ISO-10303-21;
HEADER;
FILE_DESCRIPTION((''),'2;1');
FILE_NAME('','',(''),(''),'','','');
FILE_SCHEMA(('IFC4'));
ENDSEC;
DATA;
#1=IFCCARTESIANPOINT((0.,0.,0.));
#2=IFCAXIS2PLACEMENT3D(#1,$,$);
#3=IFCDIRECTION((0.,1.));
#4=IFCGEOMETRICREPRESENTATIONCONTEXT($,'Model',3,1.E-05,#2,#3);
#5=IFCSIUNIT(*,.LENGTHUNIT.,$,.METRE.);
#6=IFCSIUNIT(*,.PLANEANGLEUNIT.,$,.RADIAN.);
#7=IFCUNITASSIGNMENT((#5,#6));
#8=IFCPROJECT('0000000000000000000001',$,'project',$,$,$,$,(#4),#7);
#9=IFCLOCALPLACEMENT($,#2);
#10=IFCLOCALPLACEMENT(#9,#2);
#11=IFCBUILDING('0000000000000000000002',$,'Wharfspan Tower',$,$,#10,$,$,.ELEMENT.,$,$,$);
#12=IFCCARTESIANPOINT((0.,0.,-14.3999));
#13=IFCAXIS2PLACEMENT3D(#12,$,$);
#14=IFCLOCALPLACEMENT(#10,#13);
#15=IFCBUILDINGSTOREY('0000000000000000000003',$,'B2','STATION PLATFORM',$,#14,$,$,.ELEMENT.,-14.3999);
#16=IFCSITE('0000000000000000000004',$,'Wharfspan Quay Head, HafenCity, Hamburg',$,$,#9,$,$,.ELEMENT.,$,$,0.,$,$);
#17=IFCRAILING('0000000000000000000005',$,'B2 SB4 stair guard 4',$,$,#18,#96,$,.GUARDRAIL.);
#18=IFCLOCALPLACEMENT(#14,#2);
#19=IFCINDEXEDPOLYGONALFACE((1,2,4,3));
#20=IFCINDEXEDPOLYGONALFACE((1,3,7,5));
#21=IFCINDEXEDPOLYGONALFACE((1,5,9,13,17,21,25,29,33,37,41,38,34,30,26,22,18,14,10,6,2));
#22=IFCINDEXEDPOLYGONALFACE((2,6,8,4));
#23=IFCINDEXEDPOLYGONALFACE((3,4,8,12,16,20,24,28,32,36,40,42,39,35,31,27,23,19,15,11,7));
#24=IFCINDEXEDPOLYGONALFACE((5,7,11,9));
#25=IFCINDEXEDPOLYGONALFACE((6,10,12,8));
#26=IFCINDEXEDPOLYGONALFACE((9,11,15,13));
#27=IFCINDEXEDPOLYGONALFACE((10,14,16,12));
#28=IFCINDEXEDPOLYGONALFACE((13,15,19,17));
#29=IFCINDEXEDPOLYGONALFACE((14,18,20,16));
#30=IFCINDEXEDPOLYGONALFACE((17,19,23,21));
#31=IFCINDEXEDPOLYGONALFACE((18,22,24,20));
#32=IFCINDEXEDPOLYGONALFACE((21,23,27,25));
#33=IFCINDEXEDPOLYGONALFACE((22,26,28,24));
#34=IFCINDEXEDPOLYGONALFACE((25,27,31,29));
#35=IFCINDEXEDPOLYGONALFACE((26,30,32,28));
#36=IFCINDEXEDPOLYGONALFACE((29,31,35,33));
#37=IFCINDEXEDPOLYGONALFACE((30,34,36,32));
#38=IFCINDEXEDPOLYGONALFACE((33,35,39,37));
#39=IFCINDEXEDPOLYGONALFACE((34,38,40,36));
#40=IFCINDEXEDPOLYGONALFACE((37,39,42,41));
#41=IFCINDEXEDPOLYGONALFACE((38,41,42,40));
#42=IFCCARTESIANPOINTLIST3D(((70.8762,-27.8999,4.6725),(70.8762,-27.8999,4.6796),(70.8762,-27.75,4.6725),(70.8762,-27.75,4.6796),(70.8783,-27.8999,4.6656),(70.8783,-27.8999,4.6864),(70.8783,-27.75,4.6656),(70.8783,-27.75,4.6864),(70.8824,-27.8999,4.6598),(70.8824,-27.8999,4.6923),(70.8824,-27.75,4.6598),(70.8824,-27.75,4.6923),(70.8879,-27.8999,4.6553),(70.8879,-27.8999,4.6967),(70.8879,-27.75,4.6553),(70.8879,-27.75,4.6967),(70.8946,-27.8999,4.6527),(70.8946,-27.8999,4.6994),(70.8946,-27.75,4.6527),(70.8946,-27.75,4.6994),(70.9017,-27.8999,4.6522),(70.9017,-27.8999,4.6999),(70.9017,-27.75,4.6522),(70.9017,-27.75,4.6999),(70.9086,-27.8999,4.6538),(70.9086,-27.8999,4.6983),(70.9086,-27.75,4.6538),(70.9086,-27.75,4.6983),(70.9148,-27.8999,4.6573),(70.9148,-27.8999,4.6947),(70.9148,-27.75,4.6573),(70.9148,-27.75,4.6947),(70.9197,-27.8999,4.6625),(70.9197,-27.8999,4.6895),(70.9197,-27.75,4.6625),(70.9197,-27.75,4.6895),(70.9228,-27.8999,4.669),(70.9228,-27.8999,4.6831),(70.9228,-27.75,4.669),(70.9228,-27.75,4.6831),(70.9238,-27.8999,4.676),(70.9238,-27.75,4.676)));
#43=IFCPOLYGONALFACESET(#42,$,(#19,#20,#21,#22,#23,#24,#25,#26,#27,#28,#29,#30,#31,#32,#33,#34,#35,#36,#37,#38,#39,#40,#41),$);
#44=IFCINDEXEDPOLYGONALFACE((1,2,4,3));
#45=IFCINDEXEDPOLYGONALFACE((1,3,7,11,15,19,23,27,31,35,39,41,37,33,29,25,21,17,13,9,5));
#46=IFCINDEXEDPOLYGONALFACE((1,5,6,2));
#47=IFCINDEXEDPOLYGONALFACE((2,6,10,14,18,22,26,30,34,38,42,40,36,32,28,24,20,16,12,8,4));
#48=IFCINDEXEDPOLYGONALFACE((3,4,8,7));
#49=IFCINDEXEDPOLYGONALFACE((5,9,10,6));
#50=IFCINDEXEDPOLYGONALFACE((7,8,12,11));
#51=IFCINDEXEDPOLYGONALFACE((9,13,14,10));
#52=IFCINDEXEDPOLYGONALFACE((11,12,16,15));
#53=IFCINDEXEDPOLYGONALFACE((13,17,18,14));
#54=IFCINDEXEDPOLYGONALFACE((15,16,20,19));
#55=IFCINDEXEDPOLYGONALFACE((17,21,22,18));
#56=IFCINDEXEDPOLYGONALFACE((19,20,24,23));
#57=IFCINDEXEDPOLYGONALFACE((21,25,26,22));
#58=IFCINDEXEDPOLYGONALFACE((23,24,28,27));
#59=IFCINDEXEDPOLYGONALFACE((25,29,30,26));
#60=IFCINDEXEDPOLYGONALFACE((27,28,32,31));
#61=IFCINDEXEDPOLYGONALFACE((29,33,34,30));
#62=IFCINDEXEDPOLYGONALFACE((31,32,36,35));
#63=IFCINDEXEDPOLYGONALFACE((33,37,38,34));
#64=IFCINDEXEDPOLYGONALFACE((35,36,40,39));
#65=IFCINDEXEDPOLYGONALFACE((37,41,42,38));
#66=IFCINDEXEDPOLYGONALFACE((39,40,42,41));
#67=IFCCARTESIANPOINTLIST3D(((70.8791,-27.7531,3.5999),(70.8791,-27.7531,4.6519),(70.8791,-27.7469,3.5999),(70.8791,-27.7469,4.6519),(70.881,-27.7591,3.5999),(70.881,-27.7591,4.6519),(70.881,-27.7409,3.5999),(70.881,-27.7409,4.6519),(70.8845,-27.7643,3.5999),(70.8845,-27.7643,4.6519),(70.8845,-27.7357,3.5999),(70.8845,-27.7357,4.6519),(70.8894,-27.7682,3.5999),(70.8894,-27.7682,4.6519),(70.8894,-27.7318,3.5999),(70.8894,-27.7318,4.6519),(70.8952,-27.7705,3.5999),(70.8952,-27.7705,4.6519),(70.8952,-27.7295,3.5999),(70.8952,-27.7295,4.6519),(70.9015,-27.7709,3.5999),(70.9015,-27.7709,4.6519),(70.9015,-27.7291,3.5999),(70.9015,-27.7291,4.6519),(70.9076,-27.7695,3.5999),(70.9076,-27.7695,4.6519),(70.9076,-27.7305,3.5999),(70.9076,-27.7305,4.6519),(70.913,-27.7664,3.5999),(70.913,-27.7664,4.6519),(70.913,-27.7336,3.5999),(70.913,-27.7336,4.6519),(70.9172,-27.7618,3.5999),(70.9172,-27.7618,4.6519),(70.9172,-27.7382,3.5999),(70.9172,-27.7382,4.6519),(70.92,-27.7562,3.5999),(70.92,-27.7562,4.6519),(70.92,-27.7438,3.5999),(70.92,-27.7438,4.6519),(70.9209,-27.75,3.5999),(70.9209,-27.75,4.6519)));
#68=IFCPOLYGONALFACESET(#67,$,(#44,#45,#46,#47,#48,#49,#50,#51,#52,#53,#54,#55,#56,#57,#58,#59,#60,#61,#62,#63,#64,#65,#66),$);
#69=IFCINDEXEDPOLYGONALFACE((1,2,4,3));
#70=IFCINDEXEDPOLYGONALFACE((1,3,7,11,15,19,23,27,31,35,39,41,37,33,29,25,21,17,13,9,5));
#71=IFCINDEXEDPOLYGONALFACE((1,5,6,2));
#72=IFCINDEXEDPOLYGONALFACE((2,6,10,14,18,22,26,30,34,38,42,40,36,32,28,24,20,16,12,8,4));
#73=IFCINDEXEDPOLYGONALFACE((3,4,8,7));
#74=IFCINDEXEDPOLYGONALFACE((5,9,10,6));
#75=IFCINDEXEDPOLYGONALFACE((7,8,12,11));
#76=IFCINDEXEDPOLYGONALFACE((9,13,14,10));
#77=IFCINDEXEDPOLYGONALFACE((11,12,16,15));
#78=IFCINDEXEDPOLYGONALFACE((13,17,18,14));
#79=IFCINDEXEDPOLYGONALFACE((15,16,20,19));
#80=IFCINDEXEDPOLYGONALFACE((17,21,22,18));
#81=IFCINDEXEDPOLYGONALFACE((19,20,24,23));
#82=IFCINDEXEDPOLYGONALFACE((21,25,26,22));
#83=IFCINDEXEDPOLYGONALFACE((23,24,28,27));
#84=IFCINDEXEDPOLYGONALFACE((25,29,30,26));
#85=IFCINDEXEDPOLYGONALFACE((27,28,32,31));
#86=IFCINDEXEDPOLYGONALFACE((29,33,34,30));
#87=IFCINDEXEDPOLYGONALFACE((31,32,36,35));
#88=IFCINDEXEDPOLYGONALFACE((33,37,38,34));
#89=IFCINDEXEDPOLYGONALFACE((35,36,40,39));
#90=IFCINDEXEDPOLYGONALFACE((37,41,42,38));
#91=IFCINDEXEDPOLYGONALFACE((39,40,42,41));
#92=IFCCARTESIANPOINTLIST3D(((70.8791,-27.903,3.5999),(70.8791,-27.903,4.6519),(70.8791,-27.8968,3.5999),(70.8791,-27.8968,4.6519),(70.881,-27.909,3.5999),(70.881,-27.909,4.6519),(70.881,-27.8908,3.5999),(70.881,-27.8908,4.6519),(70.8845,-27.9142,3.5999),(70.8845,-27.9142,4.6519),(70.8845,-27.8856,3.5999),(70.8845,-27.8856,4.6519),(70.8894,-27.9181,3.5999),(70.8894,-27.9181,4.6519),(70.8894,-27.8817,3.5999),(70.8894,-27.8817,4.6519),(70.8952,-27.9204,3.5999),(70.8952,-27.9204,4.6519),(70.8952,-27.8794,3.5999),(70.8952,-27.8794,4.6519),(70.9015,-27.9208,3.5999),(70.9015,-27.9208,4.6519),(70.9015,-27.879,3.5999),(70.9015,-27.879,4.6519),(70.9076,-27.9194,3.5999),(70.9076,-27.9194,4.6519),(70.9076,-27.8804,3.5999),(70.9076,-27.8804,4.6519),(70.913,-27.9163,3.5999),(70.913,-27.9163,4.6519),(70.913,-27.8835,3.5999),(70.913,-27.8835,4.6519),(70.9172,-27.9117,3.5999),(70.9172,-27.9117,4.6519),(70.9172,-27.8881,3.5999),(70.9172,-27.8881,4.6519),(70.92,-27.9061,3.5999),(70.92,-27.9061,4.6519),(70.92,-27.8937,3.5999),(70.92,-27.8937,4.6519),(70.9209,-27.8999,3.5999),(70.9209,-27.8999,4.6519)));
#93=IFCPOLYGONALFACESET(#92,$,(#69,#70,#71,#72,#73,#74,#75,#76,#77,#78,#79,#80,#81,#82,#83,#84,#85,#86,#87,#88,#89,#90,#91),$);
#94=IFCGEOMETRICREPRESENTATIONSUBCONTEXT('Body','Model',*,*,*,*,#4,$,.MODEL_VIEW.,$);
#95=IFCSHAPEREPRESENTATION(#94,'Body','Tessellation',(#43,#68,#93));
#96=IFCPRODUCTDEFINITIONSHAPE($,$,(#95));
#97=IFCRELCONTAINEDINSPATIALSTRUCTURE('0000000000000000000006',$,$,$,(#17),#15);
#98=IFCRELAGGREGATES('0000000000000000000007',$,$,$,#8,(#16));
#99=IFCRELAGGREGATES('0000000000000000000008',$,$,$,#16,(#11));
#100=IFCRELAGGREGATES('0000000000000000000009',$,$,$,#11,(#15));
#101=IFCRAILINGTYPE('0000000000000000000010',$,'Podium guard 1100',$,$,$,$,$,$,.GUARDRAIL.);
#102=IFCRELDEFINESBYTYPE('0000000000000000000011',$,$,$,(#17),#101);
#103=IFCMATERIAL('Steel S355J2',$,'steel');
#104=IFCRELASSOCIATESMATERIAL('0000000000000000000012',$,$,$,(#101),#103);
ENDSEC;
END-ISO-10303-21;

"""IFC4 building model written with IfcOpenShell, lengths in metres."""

from ifc_helpers import new_model, si_unit, direction, frame, origin, origin_2d, place, context, subcontext, project, spatial, circle, extrude, material, type_object, element, save


model = new_model("IFC4")

# Units and contexts
model_context = context("Model", 3, precision=1e-05, world=origin(), true_north=direction((0.0, 1.0)))
body_context = subcontext(model_context, "Body", "Model", "MODEL_VIEW")
ifc_project = project(units=[si_unit("LENGTHUNIT", "METRE"), si_unit("PLANEANGLEUNIT", "RADIAN")], contexts=[model_context])

# Site, building, storey
site_placement = place(None, origin())
site = spatial("IfcSite", under=ifc_project, at=site_placement, Name="Wharfspan Quay Head, HafenCity, Hamburg", CompositionType="ELEMENT", RefElevation=0.0)
building_placement = place(site_placement, origin())
building = spatial("IfcBuilding", under=site, at=building_placement, Name="Wharfspan Tower", CompositionType="ELEMENT")
storey_placement = place(building_placement, frame((0.0, 0.0, -14.3999)))
storey = spatial("IfcBuildingStorey", under=building, at=storey_placement, Name="B2", Description="STATION PLATFORM", CompositionType="ELEMENT", Elevation=-14.3999)

# Railing
ifc_material_1 = material(Name="Steel S355J2", Category="steel")
railing_type_1 = type_object("IfcRailingType", Name="Podium guard 1100", PredefinedType="GUARDRAIL", material=ifc_material_1)
railing_1_placement = place(storey_placement, frame((70.8999, -27.75, 3.5999)))
element("IfcRailing", 1, at=railing_1_placement, inside=storey, type_object=railing_type_1, Name="B2 SB4 stair guard 4", PredefinedType="GUARDRAIL", context=body_context, shape_type="SweptSolid", body=[
    extrude(circle(Radius=0.0239, at=origin_2d()), frame((0.0, 0.0, 1.0762), z_axis=(0.0, -1.0, 0.0), x_axis=(1.0, 0.0, 0.0)), (0.0, 0.0, 1.0), 0.1499),
    extrude(circle(Radius=0.021, at=origin_2d()), origin(), (0.0, 0.0, 1.0), 1.052),
    extrude(circle(Radius=0.021, at=origin_2d()), frame((0.0, -0.1499, 0.0)), (0.0, 0.0, 1.0), 1.052),
])

save(model, "model.ifc")
